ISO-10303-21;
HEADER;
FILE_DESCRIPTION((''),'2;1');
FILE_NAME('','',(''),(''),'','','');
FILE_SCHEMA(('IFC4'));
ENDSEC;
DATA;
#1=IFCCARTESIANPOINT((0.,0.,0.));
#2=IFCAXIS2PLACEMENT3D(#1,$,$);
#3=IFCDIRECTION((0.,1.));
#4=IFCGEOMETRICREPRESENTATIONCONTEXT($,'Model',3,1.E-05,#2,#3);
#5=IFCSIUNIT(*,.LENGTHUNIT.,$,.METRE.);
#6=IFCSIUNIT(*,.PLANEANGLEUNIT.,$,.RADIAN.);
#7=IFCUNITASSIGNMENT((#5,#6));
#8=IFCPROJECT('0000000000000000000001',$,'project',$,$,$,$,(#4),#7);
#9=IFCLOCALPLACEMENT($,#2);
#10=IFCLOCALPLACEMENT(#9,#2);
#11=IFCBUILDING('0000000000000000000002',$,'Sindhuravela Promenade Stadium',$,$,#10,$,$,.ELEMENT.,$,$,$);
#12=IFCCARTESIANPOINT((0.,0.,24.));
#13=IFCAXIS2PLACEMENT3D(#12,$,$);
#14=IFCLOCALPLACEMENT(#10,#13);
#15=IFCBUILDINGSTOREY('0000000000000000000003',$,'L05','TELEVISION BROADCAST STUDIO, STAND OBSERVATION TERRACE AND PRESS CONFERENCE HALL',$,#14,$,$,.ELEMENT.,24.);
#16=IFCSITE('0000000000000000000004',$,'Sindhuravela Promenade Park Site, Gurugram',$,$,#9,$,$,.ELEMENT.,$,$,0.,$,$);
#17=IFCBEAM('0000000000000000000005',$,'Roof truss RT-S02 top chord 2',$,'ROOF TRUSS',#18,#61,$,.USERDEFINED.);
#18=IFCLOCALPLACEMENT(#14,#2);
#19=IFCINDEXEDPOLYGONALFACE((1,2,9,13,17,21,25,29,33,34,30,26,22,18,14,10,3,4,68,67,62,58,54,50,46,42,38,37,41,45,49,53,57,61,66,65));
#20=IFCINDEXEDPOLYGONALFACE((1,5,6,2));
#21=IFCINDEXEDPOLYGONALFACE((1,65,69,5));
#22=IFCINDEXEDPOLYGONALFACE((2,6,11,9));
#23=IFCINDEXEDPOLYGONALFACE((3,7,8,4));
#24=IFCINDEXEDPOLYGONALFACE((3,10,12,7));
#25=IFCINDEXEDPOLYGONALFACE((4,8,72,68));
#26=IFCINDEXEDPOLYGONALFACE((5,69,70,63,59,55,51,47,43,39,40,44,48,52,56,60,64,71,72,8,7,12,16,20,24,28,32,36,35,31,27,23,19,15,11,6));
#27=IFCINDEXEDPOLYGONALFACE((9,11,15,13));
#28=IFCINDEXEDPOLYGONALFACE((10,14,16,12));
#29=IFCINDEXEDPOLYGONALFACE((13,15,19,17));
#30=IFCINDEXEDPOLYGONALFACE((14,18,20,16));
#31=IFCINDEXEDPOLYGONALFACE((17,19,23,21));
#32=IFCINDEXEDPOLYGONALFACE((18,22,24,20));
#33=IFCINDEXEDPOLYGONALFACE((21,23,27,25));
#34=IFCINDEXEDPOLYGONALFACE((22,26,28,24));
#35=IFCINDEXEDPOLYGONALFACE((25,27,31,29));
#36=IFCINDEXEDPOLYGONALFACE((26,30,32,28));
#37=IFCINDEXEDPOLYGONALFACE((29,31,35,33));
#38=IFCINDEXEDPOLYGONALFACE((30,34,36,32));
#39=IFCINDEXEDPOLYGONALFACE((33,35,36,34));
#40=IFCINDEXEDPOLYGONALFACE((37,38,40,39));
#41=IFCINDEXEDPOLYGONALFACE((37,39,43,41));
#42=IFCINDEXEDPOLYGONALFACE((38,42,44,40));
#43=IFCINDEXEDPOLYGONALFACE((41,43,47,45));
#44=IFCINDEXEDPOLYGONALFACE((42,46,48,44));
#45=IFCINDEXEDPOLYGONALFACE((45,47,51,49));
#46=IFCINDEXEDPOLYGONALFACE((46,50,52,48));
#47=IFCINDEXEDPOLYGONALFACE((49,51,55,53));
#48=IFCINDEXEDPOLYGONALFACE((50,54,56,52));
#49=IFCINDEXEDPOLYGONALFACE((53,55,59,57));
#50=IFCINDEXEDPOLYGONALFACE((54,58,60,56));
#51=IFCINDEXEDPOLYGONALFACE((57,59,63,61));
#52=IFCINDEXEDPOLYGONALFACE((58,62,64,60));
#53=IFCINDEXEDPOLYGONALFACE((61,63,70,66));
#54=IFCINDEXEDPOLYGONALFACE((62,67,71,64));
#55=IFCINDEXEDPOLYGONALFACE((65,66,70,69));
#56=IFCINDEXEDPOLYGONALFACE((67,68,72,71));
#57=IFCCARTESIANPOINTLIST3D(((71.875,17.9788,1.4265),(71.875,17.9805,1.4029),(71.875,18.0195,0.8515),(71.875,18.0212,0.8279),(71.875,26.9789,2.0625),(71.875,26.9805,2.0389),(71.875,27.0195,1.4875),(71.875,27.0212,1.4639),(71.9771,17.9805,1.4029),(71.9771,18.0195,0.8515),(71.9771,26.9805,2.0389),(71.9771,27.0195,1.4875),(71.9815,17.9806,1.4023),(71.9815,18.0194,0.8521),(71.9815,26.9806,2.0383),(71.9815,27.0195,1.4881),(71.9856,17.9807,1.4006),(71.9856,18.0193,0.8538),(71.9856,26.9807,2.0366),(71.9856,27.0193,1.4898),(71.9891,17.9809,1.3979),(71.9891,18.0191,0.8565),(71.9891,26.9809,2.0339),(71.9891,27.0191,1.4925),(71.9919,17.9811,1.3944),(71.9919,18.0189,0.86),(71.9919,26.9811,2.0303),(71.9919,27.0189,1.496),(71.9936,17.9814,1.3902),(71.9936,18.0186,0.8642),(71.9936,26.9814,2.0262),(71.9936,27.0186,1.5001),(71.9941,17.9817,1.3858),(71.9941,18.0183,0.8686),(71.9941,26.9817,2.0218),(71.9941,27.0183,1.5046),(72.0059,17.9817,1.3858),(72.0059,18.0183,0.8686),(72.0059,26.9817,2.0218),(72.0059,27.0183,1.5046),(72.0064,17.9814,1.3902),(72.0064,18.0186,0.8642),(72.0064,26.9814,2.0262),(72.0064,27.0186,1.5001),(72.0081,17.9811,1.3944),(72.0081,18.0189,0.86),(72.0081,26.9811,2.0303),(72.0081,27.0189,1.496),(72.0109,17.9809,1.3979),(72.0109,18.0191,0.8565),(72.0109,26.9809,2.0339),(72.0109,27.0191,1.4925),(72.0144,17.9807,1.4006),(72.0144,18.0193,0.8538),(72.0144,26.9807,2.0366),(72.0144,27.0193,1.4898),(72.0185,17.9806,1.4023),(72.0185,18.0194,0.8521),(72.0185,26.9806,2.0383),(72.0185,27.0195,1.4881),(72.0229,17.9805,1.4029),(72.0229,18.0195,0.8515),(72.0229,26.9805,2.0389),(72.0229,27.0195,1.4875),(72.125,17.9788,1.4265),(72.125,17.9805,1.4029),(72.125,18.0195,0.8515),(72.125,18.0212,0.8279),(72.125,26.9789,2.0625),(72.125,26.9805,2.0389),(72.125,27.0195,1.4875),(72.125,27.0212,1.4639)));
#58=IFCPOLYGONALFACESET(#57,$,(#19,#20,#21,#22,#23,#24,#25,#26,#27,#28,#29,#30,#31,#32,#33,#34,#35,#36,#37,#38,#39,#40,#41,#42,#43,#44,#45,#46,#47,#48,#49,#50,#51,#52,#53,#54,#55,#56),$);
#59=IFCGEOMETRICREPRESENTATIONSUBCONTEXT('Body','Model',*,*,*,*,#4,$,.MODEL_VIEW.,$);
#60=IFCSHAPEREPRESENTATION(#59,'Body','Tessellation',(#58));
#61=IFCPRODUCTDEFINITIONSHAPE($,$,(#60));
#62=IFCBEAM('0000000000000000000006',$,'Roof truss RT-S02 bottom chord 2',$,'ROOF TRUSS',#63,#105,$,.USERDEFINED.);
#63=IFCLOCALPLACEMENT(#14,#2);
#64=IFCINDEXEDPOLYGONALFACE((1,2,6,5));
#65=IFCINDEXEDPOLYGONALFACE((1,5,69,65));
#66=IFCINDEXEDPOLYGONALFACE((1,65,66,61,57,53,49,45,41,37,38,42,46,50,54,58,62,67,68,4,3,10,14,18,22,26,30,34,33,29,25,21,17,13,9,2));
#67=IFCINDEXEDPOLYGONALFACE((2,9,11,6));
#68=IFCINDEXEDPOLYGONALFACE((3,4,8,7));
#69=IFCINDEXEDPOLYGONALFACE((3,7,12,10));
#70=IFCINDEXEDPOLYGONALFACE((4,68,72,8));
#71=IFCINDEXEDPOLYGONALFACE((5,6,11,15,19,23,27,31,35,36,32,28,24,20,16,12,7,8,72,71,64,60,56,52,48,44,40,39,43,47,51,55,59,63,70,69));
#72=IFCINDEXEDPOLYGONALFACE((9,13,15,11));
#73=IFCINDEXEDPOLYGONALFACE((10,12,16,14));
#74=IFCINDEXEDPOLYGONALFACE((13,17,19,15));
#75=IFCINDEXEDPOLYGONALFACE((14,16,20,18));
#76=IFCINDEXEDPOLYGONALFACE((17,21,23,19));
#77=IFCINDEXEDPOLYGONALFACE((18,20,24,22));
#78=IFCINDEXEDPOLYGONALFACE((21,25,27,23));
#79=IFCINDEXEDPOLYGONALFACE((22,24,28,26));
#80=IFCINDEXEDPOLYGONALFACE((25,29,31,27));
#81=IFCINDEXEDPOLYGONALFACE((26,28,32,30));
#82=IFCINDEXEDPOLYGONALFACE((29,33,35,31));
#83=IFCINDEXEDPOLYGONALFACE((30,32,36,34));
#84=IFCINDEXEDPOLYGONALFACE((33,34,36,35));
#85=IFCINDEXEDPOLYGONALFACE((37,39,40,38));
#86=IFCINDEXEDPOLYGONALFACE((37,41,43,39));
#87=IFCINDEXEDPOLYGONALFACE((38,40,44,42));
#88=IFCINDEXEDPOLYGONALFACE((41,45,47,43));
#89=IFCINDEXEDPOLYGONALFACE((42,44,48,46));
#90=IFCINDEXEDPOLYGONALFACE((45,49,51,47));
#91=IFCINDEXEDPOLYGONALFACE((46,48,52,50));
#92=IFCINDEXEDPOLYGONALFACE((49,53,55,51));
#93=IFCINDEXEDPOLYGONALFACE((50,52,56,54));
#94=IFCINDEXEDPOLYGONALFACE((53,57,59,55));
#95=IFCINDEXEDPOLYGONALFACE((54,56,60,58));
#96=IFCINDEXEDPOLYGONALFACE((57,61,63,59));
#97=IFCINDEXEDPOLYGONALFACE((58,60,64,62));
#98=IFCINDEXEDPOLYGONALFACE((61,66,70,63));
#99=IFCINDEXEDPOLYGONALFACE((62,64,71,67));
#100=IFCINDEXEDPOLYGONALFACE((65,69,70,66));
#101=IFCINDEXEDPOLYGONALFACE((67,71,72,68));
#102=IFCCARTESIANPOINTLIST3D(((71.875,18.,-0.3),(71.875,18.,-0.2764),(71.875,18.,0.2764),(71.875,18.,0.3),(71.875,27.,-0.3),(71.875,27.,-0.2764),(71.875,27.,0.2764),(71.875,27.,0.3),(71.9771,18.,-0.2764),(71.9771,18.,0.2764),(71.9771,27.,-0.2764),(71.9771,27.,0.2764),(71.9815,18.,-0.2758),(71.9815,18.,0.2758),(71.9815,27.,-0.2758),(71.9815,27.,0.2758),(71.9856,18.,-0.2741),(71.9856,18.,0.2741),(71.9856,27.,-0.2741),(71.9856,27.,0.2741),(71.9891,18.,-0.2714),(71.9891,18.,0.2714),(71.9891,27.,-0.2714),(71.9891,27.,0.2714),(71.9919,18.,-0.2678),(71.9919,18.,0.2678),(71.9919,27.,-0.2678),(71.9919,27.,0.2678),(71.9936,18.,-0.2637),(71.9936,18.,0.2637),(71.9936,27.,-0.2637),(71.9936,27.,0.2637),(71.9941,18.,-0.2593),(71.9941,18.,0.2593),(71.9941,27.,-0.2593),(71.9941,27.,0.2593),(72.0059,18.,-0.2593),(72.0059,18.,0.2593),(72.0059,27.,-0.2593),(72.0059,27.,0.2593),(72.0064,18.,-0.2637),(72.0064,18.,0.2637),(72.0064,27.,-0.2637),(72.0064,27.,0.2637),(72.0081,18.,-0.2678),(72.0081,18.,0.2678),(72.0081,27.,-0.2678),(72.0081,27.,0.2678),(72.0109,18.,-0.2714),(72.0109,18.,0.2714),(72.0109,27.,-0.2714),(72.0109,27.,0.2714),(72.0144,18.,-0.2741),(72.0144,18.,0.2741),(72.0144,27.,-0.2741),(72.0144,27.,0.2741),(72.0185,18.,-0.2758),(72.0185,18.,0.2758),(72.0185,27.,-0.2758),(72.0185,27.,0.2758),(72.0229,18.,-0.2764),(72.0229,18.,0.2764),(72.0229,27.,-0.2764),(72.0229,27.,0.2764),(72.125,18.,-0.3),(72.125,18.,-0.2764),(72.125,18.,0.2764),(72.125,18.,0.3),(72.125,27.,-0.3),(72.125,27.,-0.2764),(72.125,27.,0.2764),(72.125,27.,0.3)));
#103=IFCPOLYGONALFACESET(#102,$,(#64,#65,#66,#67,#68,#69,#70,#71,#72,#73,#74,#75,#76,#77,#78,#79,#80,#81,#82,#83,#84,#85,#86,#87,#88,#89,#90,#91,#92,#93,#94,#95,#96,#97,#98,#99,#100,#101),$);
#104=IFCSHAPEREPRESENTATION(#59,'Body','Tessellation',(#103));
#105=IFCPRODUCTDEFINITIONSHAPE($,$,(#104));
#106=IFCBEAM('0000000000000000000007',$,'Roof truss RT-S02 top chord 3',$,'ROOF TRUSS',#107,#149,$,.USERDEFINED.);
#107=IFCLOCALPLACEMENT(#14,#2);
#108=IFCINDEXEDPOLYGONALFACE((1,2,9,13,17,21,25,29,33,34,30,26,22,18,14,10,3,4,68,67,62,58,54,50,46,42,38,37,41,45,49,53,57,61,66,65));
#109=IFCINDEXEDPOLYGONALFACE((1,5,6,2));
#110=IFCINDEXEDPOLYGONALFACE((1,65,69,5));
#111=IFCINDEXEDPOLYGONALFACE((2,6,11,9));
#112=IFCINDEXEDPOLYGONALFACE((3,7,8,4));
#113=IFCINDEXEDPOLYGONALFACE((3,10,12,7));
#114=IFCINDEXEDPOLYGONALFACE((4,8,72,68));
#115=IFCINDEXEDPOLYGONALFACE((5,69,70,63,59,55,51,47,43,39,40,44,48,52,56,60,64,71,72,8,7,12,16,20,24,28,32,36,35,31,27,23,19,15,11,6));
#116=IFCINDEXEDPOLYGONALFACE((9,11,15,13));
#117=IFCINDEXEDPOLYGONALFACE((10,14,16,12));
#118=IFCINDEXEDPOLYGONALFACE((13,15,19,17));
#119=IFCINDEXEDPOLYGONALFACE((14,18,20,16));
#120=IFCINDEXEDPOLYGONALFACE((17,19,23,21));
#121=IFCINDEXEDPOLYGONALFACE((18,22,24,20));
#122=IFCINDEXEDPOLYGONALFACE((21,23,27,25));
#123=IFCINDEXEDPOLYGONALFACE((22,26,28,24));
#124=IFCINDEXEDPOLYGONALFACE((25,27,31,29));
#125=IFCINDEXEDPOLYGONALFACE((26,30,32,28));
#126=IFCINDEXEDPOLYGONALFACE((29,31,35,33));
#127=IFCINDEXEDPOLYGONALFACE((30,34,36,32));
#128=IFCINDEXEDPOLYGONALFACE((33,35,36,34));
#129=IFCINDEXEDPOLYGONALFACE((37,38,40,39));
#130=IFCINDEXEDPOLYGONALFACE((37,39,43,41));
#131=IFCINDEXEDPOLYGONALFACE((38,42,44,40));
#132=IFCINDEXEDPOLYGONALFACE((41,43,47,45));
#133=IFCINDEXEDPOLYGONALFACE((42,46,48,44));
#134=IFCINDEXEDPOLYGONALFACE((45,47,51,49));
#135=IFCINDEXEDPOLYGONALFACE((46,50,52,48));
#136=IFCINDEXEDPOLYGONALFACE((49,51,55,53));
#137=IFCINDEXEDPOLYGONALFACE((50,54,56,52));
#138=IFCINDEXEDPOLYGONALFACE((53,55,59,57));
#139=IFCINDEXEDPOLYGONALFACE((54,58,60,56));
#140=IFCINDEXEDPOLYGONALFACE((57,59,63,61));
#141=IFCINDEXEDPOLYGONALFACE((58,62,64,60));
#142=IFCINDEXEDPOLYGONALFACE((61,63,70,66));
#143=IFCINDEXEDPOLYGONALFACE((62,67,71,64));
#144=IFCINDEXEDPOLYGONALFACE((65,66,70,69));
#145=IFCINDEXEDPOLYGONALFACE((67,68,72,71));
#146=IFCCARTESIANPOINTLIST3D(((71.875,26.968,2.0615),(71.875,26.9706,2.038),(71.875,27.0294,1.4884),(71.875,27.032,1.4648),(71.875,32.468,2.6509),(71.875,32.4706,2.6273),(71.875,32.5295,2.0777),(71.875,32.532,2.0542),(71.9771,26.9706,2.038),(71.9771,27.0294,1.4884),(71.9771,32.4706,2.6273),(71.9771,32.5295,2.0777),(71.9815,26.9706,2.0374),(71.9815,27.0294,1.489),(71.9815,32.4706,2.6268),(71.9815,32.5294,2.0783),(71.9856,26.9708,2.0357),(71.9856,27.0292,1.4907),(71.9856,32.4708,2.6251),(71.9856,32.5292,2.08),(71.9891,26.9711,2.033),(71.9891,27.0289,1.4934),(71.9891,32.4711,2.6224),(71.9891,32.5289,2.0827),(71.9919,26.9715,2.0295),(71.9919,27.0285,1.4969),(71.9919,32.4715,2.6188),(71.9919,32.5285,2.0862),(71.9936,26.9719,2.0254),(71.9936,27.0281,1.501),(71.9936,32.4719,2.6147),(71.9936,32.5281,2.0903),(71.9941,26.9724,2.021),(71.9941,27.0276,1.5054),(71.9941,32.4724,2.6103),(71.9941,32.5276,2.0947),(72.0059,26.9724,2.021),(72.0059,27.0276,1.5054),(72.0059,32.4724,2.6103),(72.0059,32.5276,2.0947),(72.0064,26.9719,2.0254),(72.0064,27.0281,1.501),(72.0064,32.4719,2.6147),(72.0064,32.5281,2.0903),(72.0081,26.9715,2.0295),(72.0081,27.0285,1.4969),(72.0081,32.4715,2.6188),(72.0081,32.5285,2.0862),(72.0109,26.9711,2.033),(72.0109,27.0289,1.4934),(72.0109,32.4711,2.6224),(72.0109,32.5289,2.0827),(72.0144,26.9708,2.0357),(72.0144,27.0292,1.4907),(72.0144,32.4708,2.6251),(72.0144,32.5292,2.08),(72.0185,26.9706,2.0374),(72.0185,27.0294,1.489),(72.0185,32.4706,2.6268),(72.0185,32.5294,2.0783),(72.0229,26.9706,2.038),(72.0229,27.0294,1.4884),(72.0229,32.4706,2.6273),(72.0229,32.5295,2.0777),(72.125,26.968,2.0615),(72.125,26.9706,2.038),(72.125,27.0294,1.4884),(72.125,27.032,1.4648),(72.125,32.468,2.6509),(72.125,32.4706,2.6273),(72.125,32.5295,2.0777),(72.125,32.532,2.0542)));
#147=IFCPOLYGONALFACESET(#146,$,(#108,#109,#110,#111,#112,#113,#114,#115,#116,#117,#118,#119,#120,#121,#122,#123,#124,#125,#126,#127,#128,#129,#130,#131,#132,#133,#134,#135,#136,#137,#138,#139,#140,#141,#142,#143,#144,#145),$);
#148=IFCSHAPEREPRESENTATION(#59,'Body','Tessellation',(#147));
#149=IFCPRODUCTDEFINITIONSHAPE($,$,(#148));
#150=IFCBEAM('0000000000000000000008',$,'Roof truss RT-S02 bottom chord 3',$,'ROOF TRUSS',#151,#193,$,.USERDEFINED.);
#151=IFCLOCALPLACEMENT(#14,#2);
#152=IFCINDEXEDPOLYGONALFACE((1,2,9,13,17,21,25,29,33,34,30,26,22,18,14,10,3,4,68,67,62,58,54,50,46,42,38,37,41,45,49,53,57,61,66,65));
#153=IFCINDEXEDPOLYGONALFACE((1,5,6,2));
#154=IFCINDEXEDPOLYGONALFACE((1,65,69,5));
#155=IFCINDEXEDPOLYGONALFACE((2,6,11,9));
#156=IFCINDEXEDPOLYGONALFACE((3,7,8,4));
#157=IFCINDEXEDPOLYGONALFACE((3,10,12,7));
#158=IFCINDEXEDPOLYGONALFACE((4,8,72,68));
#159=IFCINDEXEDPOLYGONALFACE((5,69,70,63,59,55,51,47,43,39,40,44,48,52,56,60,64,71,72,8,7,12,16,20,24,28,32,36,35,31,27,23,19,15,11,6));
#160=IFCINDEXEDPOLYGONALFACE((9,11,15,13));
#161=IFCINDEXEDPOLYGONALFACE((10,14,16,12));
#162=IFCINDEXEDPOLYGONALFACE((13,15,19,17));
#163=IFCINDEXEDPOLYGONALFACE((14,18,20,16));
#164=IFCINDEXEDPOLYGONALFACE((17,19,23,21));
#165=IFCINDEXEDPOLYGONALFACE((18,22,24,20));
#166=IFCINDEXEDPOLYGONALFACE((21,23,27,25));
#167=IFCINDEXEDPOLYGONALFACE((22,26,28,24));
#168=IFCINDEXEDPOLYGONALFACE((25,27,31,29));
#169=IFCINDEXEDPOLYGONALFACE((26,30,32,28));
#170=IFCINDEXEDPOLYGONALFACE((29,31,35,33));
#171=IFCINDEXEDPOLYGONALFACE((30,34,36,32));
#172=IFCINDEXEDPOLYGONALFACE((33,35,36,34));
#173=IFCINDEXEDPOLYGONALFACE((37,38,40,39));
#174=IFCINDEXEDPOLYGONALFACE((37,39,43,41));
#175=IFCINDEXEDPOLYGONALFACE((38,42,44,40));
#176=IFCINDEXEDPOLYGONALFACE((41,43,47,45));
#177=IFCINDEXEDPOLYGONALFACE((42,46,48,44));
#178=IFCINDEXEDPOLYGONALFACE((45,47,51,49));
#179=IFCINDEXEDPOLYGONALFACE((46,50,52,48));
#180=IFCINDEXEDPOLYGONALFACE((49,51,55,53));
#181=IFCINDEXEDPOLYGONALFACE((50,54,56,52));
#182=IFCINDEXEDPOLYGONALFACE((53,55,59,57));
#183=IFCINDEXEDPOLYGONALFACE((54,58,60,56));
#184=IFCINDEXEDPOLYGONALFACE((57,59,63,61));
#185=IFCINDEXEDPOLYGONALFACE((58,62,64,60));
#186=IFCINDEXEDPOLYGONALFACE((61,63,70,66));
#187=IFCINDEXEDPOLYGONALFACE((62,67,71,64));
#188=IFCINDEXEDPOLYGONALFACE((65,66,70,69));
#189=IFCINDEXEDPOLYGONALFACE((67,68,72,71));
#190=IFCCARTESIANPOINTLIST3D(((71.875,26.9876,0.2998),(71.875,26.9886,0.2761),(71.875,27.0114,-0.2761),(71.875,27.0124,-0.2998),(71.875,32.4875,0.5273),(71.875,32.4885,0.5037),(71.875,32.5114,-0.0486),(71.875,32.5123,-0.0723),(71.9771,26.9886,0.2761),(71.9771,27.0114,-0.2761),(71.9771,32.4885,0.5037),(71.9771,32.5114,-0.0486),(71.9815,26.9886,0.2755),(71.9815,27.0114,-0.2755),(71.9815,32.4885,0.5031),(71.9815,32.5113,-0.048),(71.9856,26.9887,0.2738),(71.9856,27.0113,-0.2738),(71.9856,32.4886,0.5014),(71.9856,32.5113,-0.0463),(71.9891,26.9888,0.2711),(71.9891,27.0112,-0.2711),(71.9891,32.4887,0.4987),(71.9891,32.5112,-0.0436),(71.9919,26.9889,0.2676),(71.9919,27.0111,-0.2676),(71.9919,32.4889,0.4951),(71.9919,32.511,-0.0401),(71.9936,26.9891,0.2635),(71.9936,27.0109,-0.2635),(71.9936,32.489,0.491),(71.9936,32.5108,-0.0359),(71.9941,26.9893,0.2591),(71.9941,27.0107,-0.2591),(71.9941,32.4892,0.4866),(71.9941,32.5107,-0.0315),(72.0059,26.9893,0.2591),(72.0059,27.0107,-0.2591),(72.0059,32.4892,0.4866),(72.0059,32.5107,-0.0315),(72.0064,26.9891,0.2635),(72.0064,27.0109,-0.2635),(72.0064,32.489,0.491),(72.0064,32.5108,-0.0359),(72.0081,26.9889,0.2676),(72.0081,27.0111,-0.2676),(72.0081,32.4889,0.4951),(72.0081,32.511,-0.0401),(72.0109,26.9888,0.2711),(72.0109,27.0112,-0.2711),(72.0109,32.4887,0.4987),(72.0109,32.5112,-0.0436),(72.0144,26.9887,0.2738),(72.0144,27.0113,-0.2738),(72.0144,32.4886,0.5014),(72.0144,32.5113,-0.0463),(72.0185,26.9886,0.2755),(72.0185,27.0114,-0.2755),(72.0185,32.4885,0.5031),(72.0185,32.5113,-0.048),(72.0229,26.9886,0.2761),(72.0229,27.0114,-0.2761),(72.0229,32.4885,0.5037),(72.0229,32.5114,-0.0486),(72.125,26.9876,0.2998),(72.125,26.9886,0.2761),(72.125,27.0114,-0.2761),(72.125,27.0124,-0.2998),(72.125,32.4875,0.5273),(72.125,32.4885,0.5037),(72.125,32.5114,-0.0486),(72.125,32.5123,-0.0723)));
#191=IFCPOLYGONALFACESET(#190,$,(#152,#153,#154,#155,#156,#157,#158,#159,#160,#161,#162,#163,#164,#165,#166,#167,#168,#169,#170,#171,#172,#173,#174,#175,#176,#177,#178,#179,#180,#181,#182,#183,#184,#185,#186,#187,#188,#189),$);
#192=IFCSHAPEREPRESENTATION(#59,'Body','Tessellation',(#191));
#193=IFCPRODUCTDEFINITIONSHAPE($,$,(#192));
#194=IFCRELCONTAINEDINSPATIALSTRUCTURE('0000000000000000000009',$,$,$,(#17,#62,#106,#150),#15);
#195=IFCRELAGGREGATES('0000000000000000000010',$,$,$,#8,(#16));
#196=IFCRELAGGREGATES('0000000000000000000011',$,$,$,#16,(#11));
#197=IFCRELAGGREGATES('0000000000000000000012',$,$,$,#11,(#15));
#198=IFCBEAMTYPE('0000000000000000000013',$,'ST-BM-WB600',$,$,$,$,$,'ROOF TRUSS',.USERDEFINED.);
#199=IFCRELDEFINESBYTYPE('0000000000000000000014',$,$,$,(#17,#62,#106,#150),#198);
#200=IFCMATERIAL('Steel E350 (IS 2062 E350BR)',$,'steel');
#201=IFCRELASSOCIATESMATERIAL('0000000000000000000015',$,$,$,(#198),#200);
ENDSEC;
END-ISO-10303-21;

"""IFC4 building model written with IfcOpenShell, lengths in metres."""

from ifc_helpers import new_model, si_unit, direction, frame, origin, origin_2d, place, context, subcontext, project, spatial, i_section, extrude, material, material_profile, profile_set, type_object, element, save


model = new_model("IFC4")

# Units and contexts
model_context = context("Model", 3, precision=1e-05, world=origin(), true_north=direction((0.0, 1.0)))
body_context = subcontext(model_context, "Body", "Model", "MODEL_VIEW")
ifc_project = project(units=[si_unit("LENGTHUNIT", "METRE"), si_unit("PLANEANGLEUNIT", "RADIAN")], contexts=[model_context])

# Site, building, storey
site_placement = place(None, origin())
site = spatial("IfcSite", under=ifc_project, at=site_placement, Name="Sindhuravela Promenade Park Site, Gurugram", CompositionType="ELEMENT", RefElevation=0.0)
building_placement = place(site_placement, origin())
building = spatial("IfcBuilding", under=site, at=building_placement, Name="Sindhuravela Promenade Stadium", CompositionType="ELEMENT")
storey_placement = place(building_placement, frame((0.0, 0.0, 24.0)))
storey = spatial("IfcBuildingStorey", under=building, at=storey_placement, Name="L05", Description="TELEVISION BROADCAST STUDIO, STAND OBSERVATION TERRACE AND PRESS CONFERENCE HALL", CompositionType="ELEMENT", Elevation=24.0)

# Beams
ifc_material_1 = material(Name="Steel E350 (IS 2062 E350BR)", Category="steel")
ifc_material_profile_1 = material_profile(ifc_material_1, i_section(OverallWidth=0.25, OverallDepth=0.6001, WebThickness=0.0117, FlangeThickness=0.0237, FilletRadius=0.0171, at=origin_2d()), Name="ISWB 600")
ifc_profile_set_1 = profile_set([ifc_material_profile_1], Name="Steel E350 (IS 2062 E350BR)")
beam_type = type_object("IfcBeamType", Name="ST-BM-WB600", ElementType="ROOF TRUSS", PredefinedType="USERDEFINED", material=ifc_profile_set_1)
beam_1_placement = place(storey_placement, frame((72.0, 18.0, 1.1272), z_axis=(0.0, 0.997513, 0.070489), x_axis=(-1.0, 0.0, 0.0)))
element("IfcBeam", 1, at=beam_1_placement, inside=storey, type_object=beam_type, Name="Roof truss RT-S02 top chord 2", ObjectType="ROOF TRUSS", PredefinedType="USERDEFINED", context=body_context, shape_type="SweptSolid", body=[
    extrude(i_section(OverallWidth=0.25, OverallDepth=0.6001, WebThickness=0.0117, FlangeThickness=0.0237, FilletRadius=0.0171, at=origin_2d()), origin(), (0.0, 0.0, 1.0), 9.0225),
])
beam_2_placement = place(storey_placement, frame((72.0, 18.0, 0.0), z_axis=(0.0, 1.0, 0.0), x_axis=(-1.0, 0.0, 0.0)))
element("IfcBeam", 2, at=beam_2_placement, inside=storey, type_object=beam_type, Name="Roof truss RT-S02 bottom chord 2", ObjectType="ROOF TRUSS", PredefinedType="USERDEFINED", context=body_context, shape_type="SweptSolid", body=[
    extrude(i_section(OverallWidth=0.25, OverallDepth=0.6001, WebThickness=0.0117, FlangeThickness=0.0237, FilletRadius=0.0171, at=origin_2d()), origin(), (0.0, 0.0, 1.0), 9.0),
])
beam_3_placement = place(storey_placement, frame((72.0, 27.0, 1.7632), z_axis=(0.0, 0.994308, 0.106546), x_axis=(-1.0, 0.0, 0.0)))
element("IfcBeam", 3, at=beam_3_placement, inside=storey, type_object=beam_type, Name="Roof truss RT-S02 top chord 3", ObjectType="ROOF TRUSS", PredefinedType="USERDEFINED", context=body_context, shape_type="SweptSolid", body=[
    extrude(i_section(OverallWidth=0.25, OverallDepth=0.6001, WebThickness=0.0117, FlangeThickness=0.0237, FilletRadius=0.0171, at=origin_2d()), origin(), (0.0, 0.0, 1.0), 5.5315),
])
beam_4_placement = place(storey_placement, frame((72.0, 27.0, 0.0), z_axis=(0.0, 0.999145, 0.041335), x_axis=(-1.0, 0.0, 0.0)))
element("IfcBeam", 4, at=beam_4_placement, inside=storey, type_object=beam_type, Name="Roof truss RT-S02 bottom chord 3", ObjectType="ROOF TRUSS", PredefinedType="USERDEFINED", context=body_context, shape_type="SweptSolid", body=[
    extrude(i_section(OverallWidth=0.25, OverallDepth=0.6001, WebThickness=0.0117, FlangeThickness=0.0237, FilletRadius=0.0171, at=origin_2d()), origin(), (0.0, 0.0, 1.0), 5.5046),
])

save(model, "model.ifc")
